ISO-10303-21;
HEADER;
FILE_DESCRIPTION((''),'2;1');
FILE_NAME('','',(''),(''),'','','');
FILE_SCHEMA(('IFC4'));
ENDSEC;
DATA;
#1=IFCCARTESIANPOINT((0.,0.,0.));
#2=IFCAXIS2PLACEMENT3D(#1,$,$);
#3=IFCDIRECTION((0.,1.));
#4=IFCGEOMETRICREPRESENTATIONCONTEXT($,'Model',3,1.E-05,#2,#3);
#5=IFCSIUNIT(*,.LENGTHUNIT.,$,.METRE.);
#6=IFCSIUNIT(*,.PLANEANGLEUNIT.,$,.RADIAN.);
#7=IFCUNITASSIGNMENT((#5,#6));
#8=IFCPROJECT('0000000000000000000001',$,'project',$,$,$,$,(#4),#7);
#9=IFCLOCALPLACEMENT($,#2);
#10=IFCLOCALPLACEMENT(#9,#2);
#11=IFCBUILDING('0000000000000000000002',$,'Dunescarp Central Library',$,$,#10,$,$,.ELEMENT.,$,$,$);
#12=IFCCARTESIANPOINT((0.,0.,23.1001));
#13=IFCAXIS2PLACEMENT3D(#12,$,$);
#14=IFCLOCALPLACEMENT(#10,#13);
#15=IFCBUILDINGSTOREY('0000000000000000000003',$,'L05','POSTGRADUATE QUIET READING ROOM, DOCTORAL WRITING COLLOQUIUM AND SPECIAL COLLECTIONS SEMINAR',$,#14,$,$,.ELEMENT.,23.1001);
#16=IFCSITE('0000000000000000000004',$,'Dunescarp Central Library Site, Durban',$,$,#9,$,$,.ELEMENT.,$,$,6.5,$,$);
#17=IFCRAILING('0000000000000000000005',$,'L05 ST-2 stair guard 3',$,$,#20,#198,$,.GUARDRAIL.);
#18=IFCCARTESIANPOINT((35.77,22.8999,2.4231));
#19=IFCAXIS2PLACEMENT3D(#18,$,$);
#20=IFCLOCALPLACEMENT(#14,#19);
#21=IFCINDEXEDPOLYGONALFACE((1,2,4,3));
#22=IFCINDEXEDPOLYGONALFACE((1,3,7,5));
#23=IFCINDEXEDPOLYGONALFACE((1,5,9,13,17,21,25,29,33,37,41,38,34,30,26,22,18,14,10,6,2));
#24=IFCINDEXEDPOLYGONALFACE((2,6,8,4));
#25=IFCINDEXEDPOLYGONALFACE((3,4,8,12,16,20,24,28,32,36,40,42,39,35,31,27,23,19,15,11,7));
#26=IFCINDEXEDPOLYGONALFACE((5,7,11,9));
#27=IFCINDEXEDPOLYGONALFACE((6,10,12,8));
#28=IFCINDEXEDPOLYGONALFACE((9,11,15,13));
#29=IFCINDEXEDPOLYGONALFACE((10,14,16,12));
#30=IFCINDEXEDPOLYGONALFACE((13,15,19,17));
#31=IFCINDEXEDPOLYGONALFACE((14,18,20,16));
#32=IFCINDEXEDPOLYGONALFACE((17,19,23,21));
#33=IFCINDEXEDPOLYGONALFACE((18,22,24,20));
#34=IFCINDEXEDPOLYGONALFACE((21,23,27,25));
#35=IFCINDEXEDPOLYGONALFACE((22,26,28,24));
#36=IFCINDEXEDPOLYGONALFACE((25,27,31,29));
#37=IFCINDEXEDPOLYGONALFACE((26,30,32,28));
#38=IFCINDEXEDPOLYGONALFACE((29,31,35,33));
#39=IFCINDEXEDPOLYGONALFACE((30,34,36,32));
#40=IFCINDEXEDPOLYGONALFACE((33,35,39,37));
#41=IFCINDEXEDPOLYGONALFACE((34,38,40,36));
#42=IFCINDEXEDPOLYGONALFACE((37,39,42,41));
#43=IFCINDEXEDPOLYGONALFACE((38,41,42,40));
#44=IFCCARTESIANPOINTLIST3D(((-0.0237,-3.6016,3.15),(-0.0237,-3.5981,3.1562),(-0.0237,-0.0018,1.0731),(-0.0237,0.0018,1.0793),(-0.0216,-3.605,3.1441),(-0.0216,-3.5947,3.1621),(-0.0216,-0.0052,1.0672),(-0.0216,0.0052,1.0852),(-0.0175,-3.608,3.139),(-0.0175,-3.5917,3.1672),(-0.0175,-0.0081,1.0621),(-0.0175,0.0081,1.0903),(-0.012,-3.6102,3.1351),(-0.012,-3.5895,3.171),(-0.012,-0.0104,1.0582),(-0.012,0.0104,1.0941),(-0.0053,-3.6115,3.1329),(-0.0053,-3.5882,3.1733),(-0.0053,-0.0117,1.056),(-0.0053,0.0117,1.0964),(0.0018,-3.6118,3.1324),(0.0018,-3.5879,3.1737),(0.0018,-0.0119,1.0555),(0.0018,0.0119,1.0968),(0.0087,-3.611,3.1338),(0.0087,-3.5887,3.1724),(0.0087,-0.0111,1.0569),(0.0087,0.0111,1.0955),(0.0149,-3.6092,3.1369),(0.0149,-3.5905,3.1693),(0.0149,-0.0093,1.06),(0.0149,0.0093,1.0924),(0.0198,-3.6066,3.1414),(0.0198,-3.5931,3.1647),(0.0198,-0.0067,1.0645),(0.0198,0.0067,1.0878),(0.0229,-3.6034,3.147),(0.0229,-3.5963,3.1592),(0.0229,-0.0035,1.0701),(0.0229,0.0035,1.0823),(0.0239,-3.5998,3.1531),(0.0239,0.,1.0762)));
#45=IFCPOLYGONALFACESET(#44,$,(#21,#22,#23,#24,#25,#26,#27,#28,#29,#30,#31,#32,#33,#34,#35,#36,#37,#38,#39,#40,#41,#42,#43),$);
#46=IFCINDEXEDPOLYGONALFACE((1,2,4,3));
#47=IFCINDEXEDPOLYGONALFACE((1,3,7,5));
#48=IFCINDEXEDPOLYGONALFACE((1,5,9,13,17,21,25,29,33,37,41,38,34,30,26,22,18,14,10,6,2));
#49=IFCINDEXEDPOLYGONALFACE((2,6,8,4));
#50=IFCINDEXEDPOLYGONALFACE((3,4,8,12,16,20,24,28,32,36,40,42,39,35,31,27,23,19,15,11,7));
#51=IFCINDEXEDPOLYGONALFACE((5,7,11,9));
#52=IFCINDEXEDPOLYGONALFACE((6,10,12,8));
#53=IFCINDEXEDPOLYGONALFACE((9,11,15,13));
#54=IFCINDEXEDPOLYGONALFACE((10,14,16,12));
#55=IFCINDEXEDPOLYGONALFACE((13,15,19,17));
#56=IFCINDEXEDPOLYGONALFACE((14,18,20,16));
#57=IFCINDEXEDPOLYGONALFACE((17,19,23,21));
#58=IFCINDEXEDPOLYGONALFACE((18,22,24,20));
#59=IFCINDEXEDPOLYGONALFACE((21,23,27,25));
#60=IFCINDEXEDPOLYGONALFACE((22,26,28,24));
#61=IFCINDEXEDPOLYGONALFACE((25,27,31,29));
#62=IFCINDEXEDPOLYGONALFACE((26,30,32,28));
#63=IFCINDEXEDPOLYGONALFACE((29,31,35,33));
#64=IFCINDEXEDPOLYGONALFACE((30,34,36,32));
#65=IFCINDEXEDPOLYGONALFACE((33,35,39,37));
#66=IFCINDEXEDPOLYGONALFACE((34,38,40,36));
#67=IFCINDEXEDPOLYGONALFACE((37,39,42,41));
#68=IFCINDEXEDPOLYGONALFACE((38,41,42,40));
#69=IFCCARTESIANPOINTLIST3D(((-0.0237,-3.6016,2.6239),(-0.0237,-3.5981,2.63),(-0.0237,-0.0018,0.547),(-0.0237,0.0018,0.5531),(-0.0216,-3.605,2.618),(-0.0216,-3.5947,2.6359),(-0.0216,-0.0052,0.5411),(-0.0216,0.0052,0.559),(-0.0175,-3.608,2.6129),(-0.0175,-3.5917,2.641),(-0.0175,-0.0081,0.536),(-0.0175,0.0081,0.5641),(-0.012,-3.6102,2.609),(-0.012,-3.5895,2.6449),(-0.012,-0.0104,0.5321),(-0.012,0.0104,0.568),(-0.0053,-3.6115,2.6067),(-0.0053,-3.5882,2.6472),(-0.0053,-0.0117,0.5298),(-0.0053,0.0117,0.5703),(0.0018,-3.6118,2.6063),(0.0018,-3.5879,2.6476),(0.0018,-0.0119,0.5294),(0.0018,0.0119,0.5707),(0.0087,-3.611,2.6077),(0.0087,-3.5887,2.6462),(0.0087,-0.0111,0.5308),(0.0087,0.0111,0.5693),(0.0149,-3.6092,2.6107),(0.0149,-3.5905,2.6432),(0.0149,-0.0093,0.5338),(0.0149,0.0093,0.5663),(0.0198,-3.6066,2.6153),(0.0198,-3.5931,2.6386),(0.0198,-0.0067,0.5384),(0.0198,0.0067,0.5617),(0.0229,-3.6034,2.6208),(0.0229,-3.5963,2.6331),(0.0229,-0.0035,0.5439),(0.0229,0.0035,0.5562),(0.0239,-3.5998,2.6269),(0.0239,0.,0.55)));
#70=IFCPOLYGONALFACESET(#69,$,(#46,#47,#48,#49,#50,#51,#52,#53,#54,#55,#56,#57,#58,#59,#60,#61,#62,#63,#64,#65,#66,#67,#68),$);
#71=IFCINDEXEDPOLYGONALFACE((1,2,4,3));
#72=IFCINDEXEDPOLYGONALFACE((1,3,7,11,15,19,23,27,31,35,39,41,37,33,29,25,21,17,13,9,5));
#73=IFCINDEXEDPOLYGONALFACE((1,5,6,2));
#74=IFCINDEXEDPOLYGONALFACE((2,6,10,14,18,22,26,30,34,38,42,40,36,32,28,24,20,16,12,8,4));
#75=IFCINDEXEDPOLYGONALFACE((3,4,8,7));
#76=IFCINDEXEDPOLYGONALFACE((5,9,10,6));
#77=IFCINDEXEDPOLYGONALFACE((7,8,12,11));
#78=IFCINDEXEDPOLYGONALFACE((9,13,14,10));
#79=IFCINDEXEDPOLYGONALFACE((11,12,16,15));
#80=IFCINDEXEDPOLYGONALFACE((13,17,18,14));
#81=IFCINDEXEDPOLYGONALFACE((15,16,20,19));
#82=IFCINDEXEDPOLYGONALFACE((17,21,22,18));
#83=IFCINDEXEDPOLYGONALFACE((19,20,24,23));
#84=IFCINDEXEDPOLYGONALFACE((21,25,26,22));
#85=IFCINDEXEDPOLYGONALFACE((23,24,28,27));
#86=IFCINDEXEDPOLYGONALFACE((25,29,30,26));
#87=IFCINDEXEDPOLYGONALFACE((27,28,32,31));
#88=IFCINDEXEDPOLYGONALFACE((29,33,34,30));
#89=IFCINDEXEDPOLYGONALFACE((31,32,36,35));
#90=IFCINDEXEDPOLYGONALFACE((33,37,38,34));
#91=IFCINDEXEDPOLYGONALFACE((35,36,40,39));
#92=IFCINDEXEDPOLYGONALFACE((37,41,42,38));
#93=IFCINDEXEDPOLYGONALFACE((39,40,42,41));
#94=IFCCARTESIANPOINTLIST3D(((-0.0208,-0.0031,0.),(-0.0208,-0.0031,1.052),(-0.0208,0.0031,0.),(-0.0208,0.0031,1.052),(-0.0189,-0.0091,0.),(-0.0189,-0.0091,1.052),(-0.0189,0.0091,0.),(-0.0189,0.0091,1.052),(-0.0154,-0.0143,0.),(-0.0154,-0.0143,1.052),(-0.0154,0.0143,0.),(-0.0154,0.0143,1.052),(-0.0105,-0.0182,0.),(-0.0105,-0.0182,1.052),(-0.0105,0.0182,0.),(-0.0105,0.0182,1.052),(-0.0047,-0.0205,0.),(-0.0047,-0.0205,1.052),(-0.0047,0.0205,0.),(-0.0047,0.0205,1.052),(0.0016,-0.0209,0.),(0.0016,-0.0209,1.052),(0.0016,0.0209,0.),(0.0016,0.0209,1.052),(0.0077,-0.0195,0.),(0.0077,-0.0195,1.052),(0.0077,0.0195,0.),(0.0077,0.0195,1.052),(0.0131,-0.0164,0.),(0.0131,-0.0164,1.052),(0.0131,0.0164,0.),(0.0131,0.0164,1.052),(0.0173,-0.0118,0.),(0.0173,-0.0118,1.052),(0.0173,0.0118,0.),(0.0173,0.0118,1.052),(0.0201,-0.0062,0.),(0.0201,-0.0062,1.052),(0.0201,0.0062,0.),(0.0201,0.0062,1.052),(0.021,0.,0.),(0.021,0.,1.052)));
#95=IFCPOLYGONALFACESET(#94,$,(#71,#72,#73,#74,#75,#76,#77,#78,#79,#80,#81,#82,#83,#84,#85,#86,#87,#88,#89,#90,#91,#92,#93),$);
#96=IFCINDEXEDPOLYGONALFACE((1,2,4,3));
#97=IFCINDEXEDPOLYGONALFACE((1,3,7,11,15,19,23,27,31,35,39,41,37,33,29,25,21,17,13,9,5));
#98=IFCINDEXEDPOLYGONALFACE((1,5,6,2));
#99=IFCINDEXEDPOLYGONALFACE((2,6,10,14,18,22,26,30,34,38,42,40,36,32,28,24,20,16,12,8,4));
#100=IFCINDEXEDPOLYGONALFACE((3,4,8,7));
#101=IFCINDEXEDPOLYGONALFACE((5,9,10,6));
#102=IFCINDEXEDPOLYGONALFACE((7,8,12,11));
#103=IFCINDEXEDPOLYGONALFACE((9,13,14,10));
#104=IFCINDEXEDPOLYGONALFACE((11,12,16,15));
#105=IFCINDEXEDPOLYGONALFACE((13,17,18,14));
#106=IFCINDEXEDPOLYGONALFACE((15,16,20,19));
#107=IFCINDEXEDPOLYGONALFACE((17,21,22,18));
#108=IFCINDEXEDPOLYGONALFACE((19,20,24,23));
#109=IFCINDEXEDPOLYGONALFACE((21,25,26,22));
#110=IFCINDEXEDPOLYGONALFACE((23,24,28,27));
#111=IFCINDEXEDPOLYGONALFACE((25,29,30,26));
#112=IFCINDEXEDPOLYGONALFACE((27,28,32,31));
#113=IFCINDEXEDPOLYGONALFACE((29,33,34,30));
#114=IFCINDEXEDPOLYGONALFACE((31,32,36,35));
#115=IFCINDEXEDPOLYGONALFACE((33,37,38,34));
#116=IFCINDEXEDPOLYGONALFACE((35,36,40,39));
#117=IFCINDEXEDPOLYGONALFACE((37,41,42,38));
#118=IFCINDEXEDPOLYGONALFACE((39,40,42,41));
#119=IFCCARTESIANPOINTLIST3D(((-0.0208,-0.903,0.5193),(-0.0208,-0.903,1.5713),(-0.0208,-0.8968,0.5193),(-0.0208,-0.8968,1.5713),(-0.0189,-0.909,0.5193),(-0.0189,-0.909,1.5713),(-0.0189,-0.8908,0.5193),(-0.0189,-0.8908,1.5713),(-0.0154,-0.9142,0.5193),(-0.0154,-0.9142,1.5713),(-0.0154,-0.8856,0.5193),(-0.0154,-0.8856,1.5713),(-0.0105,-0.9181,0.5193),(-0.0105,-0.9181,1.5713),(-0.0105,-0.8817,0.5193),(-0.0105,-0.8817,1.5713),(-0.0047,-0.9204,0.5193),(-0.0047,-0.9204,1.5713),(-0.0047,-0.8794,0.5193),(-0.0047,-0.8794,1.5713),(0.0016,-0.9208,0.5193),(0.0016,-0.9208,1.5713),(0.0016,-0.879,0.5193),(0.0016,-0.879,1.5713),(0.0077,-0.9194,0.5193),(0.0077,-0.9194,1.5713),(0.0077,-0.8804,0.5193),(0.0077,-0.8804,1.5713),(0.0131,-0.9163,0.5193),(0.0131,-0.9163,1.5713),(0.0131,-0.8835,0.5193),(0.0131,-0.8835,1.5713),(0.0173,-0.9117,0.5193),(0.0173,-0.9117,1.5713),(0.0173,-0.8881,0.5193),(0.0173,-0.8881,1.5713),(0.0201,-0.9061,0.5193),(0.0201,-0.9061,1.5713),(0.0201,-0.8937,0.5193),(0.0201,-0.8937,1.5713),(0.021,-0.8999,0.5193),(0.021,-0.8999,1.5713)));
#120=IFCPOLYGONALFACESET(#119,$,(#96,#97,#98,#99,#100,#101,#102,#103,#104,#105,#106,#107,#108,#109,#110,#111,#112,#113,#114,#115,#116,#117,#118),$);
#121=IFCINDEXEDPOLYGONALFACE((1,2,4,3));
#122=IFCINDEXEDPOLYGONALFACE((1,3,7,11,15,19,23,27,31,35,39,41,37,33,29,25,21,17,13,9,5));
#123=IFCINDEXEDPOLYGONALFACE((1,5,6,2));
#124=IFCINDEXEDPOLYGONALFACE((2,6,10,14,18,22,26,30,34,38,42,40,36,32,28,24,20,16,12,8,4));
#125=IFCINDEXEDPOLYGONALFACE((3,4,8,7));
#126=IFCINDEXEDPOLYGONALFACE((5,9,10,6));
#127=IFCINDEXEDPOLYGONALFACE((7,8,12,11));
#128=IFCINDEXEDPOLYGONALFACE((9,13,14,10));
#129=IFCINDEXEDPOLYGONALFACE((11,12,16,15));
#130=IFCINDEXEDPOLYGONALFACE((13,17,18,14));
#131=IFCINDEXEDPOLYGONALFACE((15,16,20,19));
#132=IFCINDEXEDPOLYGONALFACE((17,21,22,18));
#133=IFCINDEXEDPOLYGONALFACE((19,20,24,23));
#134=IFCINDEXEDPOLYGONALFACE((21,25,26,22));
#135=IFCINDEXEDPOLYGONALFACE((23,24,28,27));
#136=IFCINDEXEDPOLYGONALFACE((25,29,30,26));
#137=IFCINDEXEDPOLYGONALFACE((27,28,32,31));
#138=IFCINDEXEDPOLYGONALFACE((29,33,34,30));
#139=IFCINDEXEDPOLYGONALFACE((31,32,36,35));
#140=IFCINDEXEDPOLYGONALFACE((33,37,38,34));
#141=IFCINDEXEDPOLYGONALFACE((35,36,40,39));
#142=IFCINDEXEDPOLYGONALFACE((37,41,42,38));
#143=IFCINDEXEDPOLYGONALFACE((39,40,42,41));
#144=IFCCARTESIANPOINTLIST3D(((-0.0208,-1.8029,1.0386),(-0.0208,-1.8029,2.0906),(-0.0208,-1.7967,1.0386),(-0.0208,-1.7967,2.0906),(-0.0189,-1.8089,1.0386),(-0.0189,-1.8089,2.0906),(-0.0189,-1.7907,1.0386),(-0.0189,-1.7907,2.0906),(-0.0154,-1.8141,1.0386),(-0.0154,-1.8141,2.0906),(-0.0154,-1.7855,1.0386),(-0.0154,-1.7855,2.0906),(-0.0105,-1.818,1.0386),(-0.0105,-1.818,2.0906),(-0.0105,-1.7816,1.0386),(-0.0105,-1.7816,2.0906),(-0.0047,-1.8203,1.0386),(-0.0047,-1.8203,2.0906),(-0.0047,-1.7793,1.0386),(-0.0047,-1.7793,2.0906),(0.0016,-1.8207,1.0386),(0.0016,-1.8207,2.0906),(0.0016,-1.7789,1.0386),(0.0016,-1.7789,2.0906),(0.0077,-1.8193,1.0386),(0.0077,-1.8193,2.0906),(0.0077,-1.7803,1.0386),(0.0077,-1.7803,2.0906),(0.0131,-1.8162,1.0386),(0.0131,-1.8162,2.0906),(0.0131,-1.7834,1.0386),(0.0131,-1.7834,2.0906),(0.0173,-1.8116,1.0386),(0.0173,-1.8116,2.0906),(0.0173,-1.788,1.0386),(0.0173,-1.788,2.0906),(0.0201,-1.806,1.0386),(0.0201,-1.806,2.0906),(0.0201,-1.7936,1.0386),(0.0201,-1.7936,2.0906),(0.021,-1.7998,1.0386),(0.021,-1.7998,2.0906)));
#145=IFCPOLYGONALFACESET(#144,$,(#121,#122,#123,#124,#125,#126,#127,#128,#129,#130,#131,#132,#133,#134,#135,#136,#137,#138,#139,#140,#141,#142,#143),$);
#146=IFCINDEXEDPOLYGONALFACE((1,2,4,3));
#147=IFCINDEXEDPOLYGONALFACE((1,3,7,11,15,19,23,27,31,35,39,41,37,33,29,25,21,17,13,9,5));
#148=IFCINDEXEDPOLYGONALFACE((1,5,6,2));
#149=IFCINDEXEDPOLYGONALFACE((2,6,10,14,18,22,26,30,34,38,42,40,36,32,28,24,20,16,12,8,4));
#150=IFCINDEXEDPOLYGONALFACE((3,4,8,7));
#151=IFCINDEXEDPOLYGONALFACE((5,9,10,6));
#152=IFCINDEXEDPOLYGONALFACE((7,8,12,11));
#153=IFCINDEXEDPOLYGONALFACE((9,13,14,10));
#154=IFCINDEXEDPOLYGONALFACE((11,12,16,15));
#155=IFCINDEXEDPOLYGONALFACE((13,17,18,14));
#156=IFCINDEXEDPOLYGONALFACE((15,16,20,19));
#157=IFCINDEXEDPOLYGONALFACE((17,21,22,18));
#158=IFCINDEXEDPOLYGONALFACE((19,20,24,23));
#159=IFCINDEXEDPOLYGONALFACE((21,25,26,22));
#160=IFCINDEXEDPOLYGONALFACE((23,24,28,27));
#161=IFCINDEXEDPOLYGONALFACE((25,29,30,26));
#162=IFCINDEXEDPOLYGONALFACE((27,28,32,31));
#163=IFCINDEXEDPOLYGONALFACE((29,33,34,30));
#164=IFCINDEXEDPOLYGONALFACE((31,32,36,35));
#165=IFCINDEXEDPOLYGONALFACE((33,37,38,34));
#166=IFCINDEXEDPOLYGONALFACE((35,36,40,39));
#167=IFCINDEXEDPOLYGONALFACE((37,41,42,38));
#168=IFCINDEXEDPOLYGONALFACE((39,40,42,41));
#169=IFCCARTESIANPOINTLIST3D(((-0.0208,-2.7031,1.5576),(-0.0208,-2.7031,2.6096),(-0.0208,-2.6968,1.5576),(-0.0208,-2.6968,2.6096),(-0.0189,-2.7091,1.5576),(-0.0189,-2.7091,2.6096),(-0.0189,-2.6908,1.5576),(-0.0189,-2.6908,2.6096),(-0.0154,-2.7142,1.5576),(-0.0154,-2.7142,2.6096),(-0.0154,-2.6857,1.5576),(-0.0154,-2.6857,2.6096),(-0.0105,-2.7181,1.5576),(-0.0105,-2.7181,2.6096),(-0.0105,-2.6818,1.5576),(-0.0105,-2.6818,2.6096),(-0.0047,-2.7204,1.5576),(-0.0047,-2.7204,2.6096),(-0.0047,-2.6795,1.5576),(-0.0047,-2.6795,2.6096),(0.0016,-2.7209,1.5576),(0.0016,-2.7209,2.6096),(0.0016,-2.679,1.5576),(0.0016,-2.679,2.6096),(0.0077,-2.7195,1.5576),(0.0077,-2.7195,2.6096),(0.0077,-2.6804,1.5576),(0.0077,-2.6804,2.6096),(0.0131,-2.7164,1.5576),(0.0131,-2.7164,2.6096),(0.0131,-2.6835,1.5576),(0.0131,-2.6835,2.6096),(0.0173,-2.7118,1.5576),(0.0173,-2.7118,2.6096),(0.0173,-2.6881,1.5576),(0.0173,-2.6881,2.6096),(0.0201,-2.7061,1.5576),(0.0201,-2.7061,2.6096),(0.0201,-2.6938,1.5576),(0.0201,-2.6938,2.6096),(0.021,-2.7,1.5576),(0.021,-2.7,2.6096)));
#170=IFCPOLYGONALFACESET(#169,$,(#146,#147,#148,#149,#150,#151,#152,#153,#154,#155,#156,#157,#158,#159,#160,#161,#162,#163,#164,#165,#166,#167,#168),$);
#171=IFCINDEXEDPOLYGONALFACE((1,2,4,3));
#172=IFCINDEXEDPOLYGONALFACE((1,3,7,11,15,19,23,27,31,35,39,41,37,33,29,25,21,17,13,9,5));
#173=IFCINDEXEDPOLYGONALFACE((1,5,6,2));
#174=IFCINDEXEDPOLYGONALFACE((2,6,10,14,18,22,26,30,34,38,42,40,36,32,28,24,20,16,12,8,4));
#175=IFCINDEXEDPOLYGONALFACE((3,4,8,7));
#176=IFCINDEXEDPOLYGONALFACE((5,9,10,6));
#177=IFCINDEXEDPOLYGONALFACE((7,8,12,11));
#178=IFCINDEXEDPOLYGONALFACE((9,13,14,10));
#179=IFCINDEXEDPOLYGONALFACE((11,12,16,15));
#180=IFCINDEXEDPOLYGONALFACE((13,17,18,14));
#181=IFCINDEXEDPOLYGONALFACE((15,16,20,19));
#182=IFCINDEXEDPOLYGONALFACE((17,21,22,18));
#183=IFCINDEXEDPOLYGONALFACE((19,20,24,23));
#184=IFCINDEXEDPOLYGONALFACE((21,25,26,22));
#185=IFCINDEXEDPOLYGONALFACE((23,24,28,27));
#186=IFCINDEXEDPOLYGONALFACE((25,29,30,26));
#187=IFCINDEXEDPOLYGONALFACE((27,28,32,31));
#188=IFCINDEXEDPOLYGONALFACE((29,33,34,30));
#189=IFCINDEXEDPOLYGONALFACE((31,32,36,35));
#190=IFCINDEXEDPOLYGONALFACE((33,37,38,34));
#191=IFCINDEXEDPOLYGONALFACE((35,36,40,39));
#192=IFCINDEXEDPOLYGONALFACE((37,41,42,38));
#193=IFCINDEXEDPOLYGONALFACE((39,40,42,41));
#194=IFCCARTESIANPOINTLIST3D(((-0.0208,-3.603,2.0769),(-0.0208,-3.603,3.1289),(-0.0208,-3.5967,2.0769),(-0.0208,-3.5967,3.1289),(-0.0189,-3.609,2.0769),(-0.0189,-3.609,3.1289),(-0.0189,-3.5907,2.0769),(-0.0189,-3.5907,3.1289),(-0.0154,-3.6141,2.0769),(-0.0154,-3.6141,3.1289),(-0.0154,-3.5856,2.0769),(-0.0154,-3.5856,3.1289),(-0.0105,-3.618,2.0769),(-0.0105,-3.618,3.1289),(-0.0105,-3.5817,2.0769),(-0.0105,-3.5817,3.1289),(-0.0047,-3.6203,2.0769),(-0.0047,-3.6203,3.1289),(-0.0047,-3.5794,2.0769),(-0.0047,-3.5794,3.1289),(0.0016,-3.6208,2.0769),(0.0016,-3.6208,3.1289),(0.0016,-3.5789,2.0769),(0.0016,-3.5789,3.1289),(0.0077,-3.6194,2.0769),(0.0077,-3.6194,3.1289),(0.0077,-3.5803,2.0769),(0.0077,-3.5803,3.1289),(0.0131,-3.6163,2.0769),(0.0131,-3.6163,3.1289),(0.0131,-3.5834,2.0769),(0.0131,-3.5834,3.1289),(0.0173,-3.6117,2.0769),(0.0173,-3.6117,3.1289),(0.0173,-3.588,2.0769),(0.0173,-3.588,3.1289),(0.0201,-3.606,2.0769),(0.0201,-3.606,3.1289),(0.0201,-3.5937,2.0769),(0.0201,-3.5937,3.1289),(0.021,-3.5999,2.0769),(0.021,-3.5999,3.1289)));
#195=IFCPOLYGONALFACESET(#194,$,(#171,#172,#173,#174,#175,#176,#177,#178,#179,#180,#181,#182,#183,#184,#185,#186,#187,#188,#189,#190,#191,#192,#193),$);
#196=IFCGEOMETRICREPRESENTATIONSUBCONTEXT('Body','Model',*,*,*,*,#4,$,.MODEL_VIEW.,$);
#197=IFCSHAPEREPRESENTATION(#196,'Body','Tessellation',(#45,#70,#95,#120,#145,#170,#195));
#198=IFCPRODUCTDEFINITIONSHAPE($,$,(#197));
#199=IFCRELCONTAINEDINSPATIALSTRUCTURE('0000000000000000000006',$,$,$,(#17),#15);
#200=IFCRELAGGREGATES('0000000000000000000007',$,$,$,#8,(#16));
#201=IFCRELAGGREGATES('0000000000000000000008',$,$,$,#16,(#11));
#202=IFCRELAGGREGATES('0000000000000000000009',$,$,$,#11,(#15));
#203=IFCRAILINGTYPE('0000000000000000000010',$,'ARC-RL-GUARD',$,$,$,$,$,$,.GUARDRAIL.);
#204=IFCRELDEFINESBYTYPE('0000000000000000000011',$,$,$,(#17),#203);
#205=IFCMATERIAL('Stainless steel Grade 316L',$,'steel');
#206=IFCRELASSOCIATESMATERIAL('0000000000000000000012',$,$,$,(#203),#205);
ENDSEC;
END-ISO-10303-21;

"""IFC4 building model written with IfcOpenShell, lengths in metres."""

from ifc_helpers import new_model, si_unit, direction, frame, origin, origin_2d, place, context, subcontext, project, spatial, circle, extrude, material, type_object, element, save


model = new_model("IFC4")

# Units and contexts
model_context = context("Model", 3, precision=1e-05, world=origin(), true_north=direction((0.0, 1.0)))
body_context = subcontext(model_context, "Body", "Model", "MODEL_VIEW")
ifc_project = project(units=[si_unit("LENGTHUNIT", "METRE"), si_unit("PLANEANGLEUNIT", "RADIAN")], contexts=[model_context])

# Site, building, storey
site_placement = place(None, origin())
site = spatial("IfcSite", under=ifc_project, at=site_placement, Name="Dunescarp Central Library Site, Durban", CompositionType="ELEMENT", RefElevation=6.5)
building_placement = place(site_placement, origin())
building = spatial("IfcBuilding", under=site, at=building_placement, Name="Dunescarp Central Library", CompositionType="ELEMENT")
storey_placement = place(building_placement, frame((0.0, 0.0, 23.1001)))
storey = spatial("IfcBuildingStorey", under=building, at=storey_placement, Name="L05", Description="POSTGRADUATE QUIET READING ROOM, DOCTORAL WRITING COLLOQUIUM AND SPECIAL COLLECTIONS SEMINAR", CompositionType="ELEMENT", Elevation=23.1001)

# Railing
ifc_material_1 = material(Name="Stainless steel Grade 316L", Category="steel")
railing_type_1 = type_object("IfcRailingType", Name="ARC-RL-GUARD", PredefinedType="GUARDRAIL", material=ifc_material_1)
railing_1_placement = place(storey_placement, frame((35.77, 22.8999, 2.4231)))
element("IfcRailing", 1, at=railing_1_placement, inside=storey, type_object=railing_type_1, Name="L05 ST-2 stair guard 3", PredefinedType="GUARDRAIL", context=body_context, shape_type="SweptSolid", body=[
    extrude(circle(Radius=0.0239, at=origin_2d()), frame((0.0, 0.0, 1.0762), z_axis=(0.0, -0.866179, 0.499734), x_axis=(1.0, 0.0, 0.0)), (0.0, 0.0, 1.0), 4.156),
    extrude(circle(Radius=0.0239, at=origin_2d()), frame((0.0, 0.0, 0.55), z_axis=(0.0, -0.866179, 0.499734), x_axis=(1.0, 0.0, 0.0)), (0.0, 0.0, 1.0), 4.156),
    extrude(circle(Radius=0.021, at=origin_2d()), origin(), (0.0, 0.0, 1.0), 1.052),
    extrude(circle(Radius=0.021, at=origin_2d()), frame((0.0, -0.8999, 0.5193)), (0.0, 0.0, 1.0), 1.052),
    extrude(circle(Radius=0.021, at=origin_2d()), frame((0.0, -1.7998, 1.0386)), (0.0, 0.0, 1.0), 1.052),
    extrude(circle(Radius=0.021, at=origin_2d()), frame((0.0, -2.7, 1.5576)), (0.0, 0.0, 1.0), 1.052),
    extrude(circle(Radius=0.021, at=origin_2d()), frame((0.0, -3.5999, 2.0769)), (0.0, 0.0, 1.0), 1.052),
])

save(model, "model.ifc")
